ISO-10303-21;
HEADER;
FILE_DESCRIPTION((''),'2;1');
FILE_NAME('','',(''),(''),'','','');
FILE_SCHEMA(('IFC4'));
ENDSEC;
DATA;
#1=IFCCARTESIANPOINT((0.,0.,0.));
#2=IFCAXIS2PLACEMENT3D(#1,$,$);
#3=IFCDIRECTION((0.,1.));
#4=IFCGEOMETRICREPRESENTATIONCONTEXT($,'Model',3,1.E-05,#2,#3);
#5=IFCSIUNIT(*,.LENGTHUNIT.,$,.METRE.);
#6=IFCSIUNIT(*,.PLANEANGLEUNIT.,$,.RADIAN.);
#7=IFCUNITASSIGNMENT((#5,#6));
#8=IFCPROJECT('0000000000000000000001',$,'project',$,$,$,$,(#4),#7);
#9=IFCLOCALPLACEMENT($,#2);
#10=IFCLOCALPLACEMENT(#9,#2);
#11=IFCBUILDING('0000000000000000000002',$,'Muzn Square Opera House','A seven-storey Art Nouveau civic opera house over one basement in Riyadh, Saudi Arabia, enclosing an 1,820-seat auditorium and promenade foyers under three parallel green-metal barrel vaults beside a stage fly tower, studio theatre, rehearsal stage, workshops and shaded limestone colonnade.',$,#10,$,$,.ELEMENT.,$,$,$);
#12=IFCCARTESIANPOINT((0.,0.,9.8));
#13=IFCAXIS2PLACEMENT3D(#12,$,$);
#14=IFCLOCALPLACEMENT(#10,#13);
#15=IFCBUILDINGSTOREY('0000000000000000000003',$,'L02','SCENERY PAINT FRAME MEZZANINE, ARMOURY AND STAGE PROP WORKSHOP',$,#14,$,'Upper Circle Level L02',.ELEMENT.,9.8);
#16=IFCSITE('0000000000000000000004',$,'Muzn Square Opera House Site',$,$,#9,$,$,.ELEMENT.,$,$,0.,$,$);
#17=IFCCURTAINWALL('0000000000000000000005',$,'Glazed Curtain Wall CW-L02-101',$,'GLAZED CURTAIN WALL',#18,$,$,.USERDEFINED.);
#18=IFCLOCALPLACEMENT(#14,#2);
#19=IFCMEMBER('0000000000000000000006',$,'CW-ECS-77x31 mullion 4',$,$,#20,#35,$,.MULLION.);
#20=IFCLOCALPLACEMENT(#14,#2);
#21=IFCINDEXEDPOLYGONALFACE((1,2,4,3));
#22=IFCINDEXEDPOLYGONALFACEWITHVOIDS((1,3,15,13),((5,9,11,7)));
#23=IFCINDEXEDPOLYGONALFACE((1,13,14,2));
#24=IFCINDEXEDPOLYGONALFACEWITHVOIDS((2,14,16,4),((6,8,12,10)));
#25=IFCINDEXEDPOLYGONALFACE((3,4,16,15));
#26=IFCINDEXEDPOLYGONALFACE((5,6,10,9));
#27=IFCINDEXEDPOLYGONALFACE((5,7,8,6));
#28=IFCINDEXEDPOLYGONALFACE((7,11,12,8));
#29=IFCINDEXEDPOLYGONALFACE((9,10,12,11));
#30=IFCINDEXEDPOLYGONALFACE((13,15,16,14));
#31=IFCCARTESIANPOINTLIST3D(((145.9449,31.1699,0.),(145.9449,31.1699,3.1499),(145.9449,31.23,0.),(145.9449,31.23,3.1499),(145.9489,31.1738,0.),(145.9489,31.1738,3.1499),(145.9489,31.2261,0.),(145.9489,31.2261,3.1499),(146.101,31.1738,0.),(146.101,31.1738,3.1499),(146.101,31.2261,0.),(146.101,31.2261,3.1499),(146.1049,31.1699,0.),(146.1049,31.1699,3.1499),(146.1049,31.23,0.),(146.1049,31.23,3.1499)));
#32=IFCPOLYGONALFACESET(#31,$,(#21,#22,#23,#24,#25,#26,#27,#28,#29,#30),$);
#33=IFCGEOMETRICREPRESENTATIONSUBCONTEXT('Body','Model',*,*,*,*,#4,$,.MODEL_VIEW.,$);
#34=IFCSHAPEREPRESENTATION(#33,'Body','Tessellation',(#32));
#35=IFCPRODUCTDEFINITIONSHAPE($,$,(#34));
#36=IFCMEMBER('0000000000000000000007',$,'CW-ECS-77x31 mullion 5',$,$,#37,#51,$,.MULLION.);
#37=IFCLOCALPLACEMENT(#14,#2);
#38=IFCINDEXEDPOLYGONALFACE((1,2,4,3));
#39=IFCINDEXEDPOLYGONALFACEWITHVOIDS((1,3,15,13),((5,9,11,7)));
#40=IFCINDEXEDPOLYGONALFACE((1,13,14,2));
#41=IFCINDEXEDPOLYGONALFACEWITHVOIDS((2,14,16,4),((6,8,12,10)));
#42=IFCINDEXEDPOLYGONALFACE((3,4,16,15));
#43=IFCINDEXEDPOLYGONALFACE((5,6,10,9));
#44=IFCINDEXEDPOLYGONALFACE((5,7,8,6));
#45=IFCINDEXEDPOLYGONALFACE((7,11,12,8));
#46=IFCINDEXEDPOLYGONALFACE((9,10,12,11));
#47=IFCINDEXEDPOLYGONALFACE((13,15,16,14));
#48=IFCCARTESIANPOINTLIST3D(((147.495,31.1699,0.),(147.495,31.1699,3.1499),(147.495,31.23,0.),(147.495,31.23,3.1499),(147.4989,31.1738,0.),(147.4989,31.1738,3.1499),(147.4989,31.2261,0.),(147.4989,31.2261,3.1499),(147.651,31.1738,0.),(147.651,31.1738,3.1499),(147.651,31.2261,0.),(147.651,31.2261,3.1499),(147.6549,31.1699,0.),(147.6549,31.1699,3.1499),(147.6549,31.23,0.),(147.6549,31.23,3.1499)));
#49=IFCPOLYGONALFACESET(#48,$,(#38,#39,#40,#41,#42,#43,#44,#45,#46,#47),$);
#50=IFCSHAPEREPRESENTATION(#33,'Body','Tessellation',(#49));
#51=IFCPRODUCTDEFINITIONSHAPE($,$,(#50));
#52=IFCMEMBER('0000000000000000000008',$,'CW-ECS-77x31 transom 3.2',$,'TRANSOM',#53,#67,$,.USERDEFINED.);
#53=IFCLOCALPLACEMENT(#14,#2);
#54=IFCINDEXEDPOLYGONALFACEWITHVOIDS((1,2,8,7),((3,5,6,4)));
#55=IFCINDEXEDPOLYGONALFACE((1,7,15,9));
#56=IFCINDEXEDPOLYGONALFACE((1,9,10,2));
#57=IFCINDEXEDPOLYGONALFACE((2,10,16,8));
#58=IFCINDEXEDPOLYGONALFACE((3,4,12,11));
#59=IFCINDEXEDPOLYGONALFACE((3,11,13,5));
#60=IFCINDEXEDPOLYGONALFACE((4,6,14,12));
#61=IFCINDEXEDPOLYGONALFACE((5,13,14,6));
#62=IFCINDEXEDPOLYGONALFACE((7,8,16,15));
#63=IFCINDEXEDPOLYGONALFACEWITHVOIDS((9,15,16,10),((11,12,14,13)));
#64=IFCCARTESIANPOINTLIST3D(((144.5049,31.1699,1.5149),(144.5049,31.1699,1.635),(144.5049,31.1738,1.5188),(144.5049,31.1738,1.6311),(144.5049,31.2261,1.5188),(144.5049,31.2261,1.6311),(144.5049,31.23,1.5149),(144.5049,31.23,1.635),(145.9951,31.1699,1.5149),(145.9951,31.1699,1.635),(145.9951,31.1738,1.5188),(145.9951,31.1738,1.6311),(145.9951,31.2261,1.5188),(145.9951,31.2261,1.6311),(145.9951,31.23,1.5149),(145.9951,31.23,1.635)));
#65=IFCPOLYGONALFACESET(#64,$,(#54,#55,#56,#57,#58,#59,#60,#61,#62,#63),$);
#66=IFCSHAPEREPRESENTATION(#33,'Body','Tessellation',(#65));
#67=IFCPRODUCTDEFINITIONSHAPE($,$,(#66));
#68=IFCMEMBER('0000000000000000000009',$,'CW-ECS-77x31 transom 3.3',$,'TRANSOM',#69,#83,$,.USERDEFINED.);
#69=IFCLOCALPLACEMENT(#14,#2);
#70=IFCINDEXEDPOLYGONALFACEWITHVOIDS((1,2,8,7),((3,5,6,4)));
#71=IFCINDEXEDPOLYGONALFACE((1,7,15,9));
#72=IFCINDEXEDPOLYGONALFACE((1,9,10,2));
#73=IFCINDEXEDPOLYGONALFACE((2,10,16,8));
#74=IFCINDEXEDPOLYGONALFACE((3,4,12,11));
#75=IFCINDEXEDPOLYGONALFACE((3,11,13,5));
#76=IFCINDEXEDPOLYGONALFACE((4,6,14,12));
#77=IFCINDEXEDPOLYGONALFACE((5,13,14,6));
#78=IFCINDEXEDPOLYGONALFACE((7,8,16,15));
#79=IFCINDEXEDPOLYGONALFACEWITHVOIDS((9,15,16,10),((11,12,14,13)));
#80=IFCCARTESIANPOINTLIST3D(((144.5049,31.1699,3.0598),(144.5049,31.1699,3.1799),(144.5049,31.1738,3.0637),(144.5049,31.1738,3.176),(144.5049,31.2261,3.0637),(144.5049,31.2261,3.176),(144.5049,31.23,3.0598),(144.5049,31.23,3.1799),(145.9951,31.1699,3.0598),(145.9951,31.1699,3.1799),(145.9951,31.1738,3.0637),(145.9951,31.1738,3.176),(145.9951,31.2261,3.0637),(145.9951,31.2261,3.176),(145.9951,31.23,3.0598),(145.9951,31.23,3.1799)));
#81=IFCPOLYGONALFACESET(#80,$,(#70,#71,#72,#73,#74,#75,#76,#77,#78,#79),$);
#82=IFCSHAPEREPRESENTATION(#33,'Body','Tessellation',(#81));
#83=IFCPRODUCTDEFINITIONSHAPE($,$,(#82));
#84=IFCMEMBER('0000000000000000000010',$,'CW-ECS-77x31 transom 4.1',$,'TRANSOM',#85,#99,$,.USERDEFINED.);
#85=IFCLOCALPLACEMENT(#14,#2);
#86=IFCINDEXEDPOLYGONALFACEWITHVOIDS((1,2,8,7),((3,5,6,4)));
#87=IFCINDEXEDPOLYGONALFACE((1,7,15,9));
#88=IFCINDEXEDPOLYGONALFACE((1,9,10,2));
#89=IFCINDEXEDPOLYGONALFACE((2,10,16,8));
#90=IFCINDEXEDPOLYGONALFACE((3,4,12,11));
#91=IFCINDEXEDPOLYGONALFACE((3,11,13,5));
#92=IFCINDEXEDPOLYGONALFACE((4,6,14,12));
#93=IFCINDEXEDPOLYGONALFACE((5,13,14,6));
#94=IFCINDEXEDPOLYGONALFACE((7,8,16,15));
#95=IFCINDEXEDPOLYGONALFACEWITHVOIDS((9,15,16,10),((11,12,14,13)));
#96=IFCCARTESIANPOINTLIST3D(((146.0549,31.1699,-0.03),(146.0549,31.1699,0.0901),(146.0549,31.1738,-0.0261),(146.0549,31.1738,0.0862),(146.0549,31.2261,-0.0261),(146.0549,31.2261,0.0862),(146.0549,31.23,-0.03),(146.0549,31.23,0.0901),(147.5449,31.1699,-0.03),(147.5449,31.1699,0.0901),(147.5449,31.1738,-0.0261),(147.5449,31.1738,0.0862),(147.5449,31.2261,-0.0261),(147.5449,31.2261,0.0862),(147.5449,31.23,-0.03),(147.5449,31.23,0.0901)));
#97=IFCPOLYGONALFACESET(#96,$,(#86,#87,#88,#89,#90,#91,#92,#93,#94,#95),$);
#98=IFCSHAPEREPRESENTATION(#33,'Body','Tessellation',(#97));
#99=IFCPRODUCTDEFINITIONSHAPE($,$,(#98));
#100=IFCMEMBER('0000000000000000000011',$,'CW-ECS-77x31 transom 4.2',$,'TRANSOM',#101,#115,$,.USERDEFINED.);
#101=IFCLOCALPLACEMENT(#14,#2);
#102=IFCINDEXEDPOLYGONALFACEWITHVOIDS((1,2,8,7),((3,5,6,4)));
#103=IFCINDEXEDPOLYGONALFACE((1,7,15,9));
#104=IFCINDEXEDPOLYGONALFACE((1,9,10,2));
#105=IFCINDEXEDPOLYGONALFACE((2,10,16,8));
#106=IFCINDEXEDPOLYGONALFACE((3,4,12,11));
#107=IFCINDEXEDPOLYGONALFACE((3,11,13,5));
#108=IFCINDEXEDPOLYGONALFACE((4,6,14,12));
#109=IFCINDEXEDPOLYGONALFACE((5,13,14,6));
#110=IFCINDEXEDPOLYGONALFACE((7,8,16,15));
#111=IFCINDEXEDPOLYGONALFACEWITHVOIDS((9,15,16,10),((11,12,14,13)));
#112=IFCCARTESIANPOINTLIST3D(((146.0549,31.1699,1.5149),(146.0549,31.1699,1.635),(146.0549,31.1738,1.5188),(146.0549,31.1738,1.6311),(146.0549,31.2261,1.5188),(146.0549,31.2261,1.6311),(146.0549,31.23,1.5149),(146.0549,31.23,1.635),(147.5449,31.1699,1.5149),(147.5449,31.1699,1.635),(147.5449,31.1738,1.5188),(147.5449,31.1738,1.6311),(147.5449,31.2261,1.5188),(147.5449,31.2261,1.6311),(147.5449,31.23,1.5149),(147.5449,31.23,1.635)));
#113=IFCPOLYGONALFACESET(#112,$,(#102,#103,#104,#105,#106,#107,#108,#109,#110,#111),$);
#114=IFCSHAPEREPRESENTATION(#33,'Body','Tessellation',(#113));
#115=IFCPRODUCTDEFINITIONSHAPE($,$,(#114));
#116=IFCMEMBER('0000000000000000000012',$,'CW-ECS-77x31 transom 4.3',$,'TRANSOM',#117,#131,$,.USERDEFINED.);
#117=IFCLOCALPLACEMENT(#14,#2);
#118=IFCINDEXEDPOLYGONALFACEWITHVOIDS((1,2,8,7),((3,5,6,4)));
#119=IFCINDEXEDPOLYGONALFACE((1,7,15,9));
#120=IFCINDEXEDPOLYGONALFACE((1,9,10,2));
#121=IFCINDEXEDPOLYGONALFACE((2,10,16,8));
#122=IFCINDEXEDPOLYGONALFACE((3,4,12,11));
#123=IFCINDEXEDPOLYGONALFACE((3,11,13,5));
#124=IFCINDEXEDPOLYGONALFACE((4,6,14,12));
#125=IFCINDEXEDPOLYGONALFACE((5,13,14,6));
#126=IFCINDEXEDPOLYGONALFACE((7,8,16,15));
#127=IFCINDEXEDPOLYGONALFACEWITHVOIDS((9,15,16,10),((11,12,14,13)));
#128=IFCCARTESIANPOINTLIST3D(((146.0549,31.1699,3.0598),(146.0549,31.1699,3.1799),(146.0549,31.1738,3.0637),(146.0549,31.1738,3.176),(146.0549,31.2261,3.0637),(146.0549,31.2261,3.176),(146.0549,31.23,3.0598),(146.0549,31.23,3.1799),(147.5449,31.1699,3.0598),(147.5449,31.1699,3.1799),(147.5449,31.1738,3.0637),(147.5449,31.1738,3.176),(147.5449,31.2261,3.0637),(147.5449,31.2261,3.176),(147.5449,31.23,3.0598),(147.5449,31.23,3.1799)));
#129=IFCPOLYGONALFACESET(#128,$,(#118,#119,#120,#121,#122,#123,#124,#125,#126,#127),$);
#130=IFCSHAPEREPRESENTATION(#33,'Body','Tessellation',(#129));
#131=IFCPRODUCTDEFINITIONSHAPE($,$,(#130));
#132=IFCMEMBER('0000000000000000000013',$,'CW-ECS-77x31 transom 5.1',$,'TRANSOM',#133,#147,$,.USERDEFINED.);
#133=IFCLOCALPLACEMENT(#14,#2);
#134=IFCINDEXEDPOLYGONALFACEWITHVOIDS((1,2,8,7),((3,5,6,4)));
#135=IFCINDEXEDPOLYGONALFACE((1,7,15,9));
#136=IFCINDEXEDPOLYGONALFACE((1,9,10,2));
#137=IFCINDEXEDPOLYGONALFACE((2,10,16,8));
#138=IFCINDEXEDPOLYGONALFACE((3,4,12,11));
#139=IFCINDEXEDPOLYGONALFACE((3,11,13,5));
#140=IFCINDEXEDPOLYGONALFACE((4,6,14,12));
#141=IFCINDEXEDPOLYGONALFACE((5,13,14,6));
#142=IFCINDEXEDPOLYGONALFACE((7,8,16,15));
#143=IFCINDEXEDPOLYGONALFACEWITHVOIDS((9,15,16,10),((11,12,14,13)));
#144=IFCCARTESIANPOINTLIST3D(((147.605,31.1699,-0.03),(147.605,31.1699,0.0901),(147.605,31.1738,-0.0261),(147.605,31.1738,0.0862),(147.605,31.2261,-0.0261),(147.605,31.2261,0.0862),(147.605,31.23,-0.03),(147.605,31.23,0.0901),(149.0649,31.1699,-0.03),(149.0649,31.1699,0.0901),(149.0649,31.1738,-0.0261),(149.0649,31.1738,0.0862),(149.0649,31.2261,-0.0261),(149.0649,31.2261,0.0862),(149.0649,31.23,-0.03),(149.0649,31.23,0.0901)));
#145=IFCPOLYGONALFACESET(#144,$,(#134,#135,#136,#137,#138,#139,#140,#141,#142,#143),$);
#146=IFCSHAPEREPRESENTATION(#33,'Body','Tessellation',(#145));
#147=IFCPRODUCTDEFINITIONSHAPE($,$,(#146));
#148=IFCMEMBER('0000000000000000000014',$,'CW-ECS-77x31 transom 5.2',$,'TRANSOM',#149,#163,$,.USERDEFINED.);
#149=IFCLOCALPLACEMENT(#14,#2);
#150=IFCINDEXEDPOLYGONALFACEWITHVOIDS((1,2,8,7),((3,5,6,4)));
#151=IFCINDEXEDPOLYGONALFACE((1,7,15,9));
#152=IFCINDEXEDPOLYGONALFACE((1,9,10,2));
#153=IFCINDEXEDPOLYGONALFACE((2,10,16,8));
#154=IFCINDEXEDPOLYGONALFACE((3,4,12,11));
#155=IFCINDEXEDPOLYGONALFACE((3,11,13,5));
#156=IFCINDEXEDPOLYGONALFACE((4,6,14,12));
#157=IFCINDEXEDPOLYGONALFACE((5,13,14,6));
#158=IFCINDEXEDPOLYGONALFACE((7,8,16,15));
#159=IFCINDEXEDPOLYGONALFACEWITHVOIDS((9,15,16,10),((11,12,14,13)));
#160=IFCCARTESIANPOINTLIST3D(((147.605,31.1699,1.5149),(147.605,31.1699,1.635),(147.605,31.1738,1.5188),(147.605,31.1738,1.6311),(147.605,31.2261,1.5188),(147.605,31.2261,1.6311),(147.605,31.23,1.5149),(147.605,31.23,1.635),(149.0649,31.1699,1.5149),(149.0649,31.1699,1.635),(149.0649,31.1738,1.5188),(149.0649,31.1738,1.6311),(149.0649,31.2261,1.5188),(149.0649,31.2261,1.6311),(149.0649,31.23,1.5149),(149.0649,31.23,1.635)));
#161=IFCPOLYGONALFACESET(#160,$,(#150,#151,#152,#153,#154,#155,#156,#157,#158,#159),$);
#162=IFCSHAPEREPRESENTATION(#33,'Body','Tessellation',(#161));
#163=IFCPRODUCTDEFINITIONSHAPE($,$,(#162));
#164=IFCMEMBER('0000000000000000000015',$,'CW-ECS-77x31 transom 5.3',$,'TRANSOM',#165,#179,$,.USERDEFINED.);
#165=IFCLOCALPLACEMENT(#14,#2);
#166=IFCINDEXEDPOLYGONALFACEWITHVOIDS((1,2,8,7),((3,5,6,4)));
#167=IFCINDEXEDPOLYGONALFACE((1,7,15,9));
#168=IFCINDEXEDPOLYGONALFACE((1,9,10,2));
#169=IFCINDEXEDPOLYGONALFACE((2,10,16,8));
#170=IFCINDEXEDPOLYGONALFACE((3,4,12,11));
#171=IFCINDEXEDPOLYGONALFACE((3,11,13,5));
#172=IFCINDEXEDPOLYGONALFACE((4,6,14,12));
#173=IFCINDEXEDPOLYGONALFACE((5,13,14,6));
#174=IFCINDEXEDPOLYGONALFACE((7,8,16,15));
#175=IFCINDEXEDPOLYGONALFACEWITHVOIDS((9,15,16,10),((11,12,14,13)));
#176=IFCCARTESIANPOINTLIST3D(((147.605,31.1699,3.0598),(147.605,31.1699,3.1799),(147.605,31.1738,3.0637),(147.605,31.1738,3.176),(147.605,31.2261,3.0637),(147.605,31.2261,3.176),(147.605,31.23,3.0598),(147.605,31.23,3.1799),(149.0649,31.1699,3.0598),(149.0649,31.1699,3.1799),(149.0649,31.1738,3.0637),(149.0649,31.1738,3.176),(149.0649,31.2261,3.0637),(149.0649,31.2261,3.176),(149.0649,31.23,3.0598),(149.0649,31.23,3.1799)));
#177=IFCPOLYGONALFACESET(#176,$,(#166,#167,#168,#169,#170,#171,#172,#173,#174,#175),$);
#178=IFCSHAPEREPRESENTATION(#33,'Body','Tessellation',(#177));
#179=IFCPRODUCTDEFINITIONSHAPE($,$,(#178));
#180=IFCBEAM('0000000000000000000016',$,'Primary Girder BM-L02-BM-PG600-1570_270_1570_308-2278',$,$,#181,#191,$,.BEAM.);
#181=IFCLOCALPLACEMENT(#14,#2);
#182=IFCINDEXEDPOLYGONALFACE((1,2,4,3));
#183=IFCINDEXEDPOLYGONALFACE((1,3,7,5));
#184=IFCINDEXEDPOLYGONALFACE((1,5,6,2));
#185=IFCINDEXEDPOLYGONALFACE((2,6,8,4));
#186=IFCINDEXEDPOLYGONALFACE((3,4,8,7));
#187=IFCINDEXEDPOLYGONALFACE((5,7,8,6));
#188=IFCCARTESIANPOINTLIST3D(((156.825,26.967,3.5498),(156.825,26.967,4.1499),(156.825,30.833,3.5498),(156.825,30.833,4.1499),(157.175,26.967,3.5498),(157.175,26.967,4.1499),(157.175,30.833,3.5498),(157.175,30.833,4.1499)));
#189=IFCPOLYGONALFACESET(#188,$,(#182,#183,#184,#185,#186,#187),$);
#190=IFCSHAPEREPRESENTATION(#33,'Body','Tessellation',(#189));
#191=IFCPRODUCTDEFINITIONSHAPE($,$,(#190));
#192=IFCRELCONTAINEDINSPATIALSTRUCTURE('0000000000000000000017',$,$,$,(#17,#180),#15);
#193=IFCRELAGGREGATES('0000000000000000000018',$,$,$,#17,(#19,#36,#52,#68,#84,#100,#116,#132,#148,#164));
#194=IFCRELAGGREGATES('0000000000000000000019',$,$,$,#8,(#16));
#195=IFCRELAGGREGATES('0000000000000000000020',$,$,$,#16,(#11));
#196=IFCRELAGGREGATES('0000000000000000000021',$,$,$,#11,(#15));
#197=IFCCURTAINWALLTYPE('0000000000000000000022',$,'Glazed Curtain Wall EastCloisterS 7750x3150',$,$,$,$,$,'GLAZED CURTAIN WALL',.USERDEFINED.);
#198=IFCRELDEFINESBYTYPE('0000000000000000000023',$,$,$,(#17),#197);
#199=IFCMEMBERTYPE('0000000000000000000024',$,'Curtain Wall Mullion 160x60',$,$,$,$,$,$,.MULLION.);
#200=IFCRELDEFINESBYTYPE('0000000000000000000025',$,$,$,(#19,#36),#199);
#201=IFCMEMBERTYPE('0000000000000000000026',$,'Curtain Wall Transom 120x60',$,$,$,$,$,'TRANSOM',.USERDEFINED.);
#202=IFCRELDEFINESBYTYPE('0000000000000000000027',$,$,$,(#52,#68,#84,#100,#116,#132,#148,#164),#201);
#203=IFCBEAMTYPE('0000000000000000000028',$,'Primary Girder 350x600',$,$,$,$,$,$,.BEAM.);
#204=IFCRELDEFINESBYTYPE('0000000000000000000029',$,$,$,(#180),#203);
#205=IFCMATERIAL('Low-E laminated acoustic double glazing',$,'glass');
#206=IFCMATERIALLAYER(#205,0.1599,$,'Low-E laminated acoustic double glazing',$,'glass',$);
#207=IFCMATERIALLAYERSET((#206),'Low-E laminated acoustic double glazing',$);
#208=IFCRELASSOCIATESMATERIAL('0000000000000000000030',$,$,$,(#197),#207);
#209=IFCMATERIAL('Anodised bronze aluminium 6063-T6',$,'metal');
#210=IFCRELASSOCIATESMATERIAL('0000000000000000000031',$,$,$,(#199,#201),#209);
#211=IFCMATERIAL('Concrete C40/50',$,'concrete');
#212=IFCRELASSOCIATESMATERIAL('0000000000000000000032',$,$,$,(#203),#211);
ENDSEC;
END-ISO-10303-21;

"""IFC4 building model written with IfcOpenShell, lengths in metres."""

from ifc_helpers import new_model, si_unit, direction, frame, origin, origin_2d, place, context, subcontext, project, spatial, rectangle, hollow_rectangle, extrude, material, layer, layer_set, material_profile, profile_set, type_object, element, aggregate, save


model = new_model("IFC4")

# Units and contexts
model_context = context("Model", 3, precision=1e-05, world=origin(), true_north=direction((0.0, 1.0)))
body_context = subcontext(model_context, "Body", "Model", "MODEL_VIEW")
ifc_project = project(units=[si_unit("LENGTHUNIT", "METRE"), si_unit("PLANEANGLEUNIT", "RADIAN")], contexts=[model_context])

# Site, building, storey
site_placement = place(None, origin())
site = spatial("IfcSite", under=ifc_project, at=site_placement, Name="Muzn Square Opera House Site", CompositionType="ELEMENT", RefElevation=0.0)
building_placement = place(site_placement, origin())
building = spatial("IfcBuilding", under=site, at=building_placement, Name="Muzn Square Opera House", Description="A seven-storey Art Nouveau civic opera house over one basement in Riyadh, Saudi Arabia, enclosing an 1,820-seat auditorium and promenade foyers under three parallel green-metal barrel vaults beside a stage fly tower, studio theatre, rehearsal stage, workshops and shaded limestone colonnade.", CompositionType="ELEMENT")
storey_placement = place(building_placement, frame((0.0, 0.0, 9.8)))
storey = spatial("IfcBuildingStorey", under=building, at=storey_placement, Name="L02", Description="SCENERY PAINT FRAME MEZZANINE, ARMOURY AND STAGE PROP WORKSHOP", LongName="Upper Circle Level L02", CompositionType="ELEMENT", Elevation=9.8)

# Curtain wall, members
ifc_material_1 = material(Name="Low-E laminated acoustic double glazing", Category="glass")
ifc_layer_1 = layer(ifc_material_1, 0.1599, Name="Low-E laminated acoustic double glazing", Category="glass")
ifc_layer_set_1 = layer_set([ifc_layer_1], Name="Low-E laminated acoustic double glazing")
curtain_wall_type = type_object("IfcCurtainWallType", Name="Glazed Curtain Wall EastCloisterS 7750x3150", ElementType="GLAZED CURTAIN WALL", PredefinedType="USERDEFINED", material=ifc_layer_set_1)
curtain_wall_placement = place(storey_placement, origin())
curtain_wall = element("IfcCurtainWall", 1, at=curtain_wall_placement, inside=storey, type_object=curtain_wall_type, Name="Glazed Curtain Wall CW-L02-101", ObjectType="GLAZED CURTAIN WALL", PredefinedType="USERDEFINED")
ifc_material_2 = material(Name="Anodised bronze aluminium 6063-T6", Category="metal")
ifc_material_profile_1 = material_profile(ifc_material_2, hollow_rectangle(XDim=0.0601, YDim=0.1599, WallThickness=0.0039, at=origin_2d()), Name="ALU 160x60x4", Category="metal")
ifc_profile_set_1 = profile_set([ifc_material_profile_1], Name="Anodised bronze aluminium 6063-T6")
member_type_1 = type_object("IfcMemberType", Name="Curtain Wall Mullion 160x60", PredefinedType="MULLION", material=ifc_profile_set_1)
member_1_placement = place(storey_placement, frame((146.0249, 31.2, 0.0), z_axis=(0.0, 0.0, 1.0), x_axis=(0.0, 1.0, 0.0)))
member_1 = element("IfcMember", 2, at=member_1_placement, type_object=member_type_1, Name="CW-ECS-77x31 mullion 4", PredefinedType="MULLION", context=body_context, shape_type="SweptSolid", body=[
    extrude(hollow_rectangle(XDim=0.0601, YDim=0.1599, WallThickness=0.0039, at=origin_2d()), origin(), (0.0, 0.0, 1.0), 3.1499),
])
member_2_placement = place(storey_placement, frame((147.575, 31.2, 0.0), z_axis=(0.0, 0.0, 1.0), x_axis=(0.0, 1.0, 0.0)))
member_2 = element("IfcMember", 3, at=member_2_placement, type_object=member_type_1, Name="CW-ECS-77x31 mullion 5", PredefinedType="MULLION", context=body_context, shape_type="SweptSolid", body=[
    extrude(hollow_rectangle(XDim=0.0601, YDim=0.1599, WallThickness=0.0039, at=origin_2d()), origin(), (0.0, 0.0, 1.0), 3.1499),
])
ifc_material_profile_2 = material_profile(ifc_material_2, hollow_rectangle(XDim=0.0601, YDim=0.1201, WallThickness=0.0039, at=origin_2d()), Name="ALU 120x60x4", Category="metal")
ifc_profile_set_2 = profile_set([ifc_material_profile_2], Name="Anodised bronze aluminium 6063-T6")
member_type_2 = type_object("IfcMemberType", Name="Curtain Wall Transom 120x60", ElementType="TRANSOM", PredefinedType="USERDEFINED", material=ifc_profile_set_2)
member_3_placement = place(storey_placement, frame((144.5049, 31.2, 1.575), z_axis=(1.0, 0.0, 0.0), x_axis=(0.0, 1.0, 0.0)))
member_3 = element("IfcMember", 4, at=member_3_placement, type_object=member_type_2, Name="CW-ECS-77x31 transom 3.2", ObjectType="TRANSOM", PredefinedType="USERDEFINED", context=body_context, shape_type="SweptSolid", body=[
    extrude(hollow_rectangle(XDim=0.0601, YDim=0.1201, WallThickness=0.0039, at=origin_2d()), origin(), (0.0, 0.0, 1.0), 1.4902),
])
member_4_placement = place(storey_placement, frame((144.5049, 31.2, 3.1199), z_axis=(1.0, 0.0, 0.0), x_axis=(0.0, 1.0, 0.0)))
member_4 = element("IfcMember", 5, at=member_4_placement, type_object=member_type_2, Name="CW-ECS-77x31 transom 3.3", ObjectType="TRANSOM", PredefinedType="USERDEFINED", context=body_context, shape_type="SweptSolid", body=[
    extrude(hollow_rectangle(XDim=0.0601, YDim=0.1201, WallThickness=0.0039, at=origin_2d()), origin(), (0.0, 0.0, 1.0), 1.4902),
])
member_5_placement = place(storey_placement, frame((146.0549, 31.2, 0.03), z_axis=(1.0, 0.0, 0.0), x_axis=(0.0, 1.0, 0.0)))
member_5 = element("IfcMember", 6, at=member_5_placement, type_object=member_type_2, Name="CW-ECS-77x31 transom 4.1", ObjectType="TRANSOM", PredefinedType="USERDEFINED", context=body_context, shape_type="SweptSolid", body=[
    extrude(hollow_rectangle(XDim=0.0601, YDim=0.1201, WallThickness=0.0039, at=origin_2d()), origin(), (0.0, 0.0, 1.0), 1.49),
])
member_6_placement = place(storey_placement, frame((146.0549, 31.2, 1.575), z_axis=(1.0, 0.0, 0.0), x_axis=(0.0, 1.0, 0.0)))
member_6 = element("IfcMember", 7, at=member_6_placement, type_object=member_type_2, Name="CW-ECS-77x31 transom 4.2", ObjectType="TRANSOM", PredefinedType="USERDEFINED", context=body_context, shape_type="SweptSolid", body=[
    extrude(hollow_rectangle(XDim=0.0601, YDim=0.1201, WallThickness=0.0039, at=origin_2d()), origin(), (0.0, 0.0, 1.0), 1.49),
])
member_7_placement = place(storey_placement, frame((146.0549, 31.2, 3.1199), z_axis=(1.0, 0.0, 0.0), x_axis=(0.0, 1.0, 0.0)))
member_7 = element("IfcMember", 8, at=member_7_placement, type_object=member_type_2, Name="CW-ECS-77x31 transom 4.3", ObjectType="TRANSOM", PredefinedType="USERDEFINED", context=body_context, shape_type="SweptSolid", body=[
    extrude(hollow_rectangle(XDim=0.0601, YDim=0.1201, WallThickness=0.0039, at=origin_2d()), origin(), (0.0, 0.0, 1.0), 1.49),
])
member_8_placement = place(storey_placement, frame((147.605, 31.2, 0.03), z_axis=(1.0, 0.0, 0.0), x_axis=(0.0, 1.0, 0.0)))
member_8 = element("IfcMember", 9, at=member_8_placement, type_object=member_type_2, Name="CW-ECS-77x31 transom 5.1", ObjectType="TRANSOM", PredefinedType="USERDEFINED", context=body_context, shape_type="SweptSolid", body=[
    extrude(hollow_rectangle(XDim=0.0601, YDim=0.1201, WallThickness=0.0039, at=origin_2d()), origin(), (0.0, 0.0, 1.0), 1.46),
])
member_9_placement = place(storey_placement, frame((147.605, 31.2, 1.575), z_axis=(1.0, 0.0, 0.0), x_axis=(0.0, 1.0, 0.0)))
member_9 = element("IfcMember", 10, at=member_9_placement, type_object=member_type_2, Name="CW-ECS-77x31 transom 5.2", ObjectType="TRANSOM", PredefinedType="USERDEFINED", context=body_context, shape_type="SweptSolid", body=[
    extrude(hollow_rectangle(XDim=0.0601, YDim=0.1201, WallThickness=0.0039, at=origin_2d()), origin(), (0.0, 0.0, 1.0), 1.46),
])
member_10_placement = place(storey_placement, frame((147.605, 31.2, 3.1199), z_axis=(1.0, 0.0, 0.0), x_axis=(0.0, 1.0, 0.0)))
member_10 = element("IfcMember", 11, at=member_10_placement, type_object=member_type_2, Name="CW-ECS-77x31 transom 5.3", ObjectType="TRANSOM", PredefinedType="USERDEFINED", context=body_context, shape_type="SweptSolid", body=[
    extrude(hollow_rectangle(XDim=0.0601, YDim=0.1201, WallThickness=0.0039, at=origin_2d()), origin(), (0.0, 0.0, 1.0), 1.46),
])

# Beam
ifc_material_3 = material(Name="Concrete C40/50", Category="concrete")
ifc_material_profile_3 = material_profile(ifc_material_3, rectangle(XDim=0.3501, YDim=0.6001, at=origin_2d()), Name="RCB 350x600", Category="concrete")
ifc_profile_set_3 = profile_set([ifc_material_profile_3], Name="Concrete C40/50")
beam_type = type_object("IfcBeamType", Name="Primary Girder 350x600", PredefinedType="BEAM", material=ifc_profile_set_3)
beam_placement = place(storey_placement, frame((157.0, 26.967, 3.8499), z_axis=(0.0, 1.0, 0.0), x_axis=(-1.0, 0.0, 0.0)))
element("IfcBeam", 12, at=beam_placement, inside=storey, type_object=beam_type, Name="Primary Girder BM-L02-BM-PG600-1570_270_1570_308-2278", PredefinedType="BEAM", context=body_context, shape_type="SweptSolid", body=[
    extrude(rectangle(XDim=0.3501, YDim=0.6001, at=origin_2d()), origin(), (0.0, 0.0, 1.0), 3.866),
])

aggregate(curtain_wall, [member_1, member_2, member_3, member_4, member_5, member_6, member_7, member_8, member_9, member_10])

save(model, "model.ifc")
